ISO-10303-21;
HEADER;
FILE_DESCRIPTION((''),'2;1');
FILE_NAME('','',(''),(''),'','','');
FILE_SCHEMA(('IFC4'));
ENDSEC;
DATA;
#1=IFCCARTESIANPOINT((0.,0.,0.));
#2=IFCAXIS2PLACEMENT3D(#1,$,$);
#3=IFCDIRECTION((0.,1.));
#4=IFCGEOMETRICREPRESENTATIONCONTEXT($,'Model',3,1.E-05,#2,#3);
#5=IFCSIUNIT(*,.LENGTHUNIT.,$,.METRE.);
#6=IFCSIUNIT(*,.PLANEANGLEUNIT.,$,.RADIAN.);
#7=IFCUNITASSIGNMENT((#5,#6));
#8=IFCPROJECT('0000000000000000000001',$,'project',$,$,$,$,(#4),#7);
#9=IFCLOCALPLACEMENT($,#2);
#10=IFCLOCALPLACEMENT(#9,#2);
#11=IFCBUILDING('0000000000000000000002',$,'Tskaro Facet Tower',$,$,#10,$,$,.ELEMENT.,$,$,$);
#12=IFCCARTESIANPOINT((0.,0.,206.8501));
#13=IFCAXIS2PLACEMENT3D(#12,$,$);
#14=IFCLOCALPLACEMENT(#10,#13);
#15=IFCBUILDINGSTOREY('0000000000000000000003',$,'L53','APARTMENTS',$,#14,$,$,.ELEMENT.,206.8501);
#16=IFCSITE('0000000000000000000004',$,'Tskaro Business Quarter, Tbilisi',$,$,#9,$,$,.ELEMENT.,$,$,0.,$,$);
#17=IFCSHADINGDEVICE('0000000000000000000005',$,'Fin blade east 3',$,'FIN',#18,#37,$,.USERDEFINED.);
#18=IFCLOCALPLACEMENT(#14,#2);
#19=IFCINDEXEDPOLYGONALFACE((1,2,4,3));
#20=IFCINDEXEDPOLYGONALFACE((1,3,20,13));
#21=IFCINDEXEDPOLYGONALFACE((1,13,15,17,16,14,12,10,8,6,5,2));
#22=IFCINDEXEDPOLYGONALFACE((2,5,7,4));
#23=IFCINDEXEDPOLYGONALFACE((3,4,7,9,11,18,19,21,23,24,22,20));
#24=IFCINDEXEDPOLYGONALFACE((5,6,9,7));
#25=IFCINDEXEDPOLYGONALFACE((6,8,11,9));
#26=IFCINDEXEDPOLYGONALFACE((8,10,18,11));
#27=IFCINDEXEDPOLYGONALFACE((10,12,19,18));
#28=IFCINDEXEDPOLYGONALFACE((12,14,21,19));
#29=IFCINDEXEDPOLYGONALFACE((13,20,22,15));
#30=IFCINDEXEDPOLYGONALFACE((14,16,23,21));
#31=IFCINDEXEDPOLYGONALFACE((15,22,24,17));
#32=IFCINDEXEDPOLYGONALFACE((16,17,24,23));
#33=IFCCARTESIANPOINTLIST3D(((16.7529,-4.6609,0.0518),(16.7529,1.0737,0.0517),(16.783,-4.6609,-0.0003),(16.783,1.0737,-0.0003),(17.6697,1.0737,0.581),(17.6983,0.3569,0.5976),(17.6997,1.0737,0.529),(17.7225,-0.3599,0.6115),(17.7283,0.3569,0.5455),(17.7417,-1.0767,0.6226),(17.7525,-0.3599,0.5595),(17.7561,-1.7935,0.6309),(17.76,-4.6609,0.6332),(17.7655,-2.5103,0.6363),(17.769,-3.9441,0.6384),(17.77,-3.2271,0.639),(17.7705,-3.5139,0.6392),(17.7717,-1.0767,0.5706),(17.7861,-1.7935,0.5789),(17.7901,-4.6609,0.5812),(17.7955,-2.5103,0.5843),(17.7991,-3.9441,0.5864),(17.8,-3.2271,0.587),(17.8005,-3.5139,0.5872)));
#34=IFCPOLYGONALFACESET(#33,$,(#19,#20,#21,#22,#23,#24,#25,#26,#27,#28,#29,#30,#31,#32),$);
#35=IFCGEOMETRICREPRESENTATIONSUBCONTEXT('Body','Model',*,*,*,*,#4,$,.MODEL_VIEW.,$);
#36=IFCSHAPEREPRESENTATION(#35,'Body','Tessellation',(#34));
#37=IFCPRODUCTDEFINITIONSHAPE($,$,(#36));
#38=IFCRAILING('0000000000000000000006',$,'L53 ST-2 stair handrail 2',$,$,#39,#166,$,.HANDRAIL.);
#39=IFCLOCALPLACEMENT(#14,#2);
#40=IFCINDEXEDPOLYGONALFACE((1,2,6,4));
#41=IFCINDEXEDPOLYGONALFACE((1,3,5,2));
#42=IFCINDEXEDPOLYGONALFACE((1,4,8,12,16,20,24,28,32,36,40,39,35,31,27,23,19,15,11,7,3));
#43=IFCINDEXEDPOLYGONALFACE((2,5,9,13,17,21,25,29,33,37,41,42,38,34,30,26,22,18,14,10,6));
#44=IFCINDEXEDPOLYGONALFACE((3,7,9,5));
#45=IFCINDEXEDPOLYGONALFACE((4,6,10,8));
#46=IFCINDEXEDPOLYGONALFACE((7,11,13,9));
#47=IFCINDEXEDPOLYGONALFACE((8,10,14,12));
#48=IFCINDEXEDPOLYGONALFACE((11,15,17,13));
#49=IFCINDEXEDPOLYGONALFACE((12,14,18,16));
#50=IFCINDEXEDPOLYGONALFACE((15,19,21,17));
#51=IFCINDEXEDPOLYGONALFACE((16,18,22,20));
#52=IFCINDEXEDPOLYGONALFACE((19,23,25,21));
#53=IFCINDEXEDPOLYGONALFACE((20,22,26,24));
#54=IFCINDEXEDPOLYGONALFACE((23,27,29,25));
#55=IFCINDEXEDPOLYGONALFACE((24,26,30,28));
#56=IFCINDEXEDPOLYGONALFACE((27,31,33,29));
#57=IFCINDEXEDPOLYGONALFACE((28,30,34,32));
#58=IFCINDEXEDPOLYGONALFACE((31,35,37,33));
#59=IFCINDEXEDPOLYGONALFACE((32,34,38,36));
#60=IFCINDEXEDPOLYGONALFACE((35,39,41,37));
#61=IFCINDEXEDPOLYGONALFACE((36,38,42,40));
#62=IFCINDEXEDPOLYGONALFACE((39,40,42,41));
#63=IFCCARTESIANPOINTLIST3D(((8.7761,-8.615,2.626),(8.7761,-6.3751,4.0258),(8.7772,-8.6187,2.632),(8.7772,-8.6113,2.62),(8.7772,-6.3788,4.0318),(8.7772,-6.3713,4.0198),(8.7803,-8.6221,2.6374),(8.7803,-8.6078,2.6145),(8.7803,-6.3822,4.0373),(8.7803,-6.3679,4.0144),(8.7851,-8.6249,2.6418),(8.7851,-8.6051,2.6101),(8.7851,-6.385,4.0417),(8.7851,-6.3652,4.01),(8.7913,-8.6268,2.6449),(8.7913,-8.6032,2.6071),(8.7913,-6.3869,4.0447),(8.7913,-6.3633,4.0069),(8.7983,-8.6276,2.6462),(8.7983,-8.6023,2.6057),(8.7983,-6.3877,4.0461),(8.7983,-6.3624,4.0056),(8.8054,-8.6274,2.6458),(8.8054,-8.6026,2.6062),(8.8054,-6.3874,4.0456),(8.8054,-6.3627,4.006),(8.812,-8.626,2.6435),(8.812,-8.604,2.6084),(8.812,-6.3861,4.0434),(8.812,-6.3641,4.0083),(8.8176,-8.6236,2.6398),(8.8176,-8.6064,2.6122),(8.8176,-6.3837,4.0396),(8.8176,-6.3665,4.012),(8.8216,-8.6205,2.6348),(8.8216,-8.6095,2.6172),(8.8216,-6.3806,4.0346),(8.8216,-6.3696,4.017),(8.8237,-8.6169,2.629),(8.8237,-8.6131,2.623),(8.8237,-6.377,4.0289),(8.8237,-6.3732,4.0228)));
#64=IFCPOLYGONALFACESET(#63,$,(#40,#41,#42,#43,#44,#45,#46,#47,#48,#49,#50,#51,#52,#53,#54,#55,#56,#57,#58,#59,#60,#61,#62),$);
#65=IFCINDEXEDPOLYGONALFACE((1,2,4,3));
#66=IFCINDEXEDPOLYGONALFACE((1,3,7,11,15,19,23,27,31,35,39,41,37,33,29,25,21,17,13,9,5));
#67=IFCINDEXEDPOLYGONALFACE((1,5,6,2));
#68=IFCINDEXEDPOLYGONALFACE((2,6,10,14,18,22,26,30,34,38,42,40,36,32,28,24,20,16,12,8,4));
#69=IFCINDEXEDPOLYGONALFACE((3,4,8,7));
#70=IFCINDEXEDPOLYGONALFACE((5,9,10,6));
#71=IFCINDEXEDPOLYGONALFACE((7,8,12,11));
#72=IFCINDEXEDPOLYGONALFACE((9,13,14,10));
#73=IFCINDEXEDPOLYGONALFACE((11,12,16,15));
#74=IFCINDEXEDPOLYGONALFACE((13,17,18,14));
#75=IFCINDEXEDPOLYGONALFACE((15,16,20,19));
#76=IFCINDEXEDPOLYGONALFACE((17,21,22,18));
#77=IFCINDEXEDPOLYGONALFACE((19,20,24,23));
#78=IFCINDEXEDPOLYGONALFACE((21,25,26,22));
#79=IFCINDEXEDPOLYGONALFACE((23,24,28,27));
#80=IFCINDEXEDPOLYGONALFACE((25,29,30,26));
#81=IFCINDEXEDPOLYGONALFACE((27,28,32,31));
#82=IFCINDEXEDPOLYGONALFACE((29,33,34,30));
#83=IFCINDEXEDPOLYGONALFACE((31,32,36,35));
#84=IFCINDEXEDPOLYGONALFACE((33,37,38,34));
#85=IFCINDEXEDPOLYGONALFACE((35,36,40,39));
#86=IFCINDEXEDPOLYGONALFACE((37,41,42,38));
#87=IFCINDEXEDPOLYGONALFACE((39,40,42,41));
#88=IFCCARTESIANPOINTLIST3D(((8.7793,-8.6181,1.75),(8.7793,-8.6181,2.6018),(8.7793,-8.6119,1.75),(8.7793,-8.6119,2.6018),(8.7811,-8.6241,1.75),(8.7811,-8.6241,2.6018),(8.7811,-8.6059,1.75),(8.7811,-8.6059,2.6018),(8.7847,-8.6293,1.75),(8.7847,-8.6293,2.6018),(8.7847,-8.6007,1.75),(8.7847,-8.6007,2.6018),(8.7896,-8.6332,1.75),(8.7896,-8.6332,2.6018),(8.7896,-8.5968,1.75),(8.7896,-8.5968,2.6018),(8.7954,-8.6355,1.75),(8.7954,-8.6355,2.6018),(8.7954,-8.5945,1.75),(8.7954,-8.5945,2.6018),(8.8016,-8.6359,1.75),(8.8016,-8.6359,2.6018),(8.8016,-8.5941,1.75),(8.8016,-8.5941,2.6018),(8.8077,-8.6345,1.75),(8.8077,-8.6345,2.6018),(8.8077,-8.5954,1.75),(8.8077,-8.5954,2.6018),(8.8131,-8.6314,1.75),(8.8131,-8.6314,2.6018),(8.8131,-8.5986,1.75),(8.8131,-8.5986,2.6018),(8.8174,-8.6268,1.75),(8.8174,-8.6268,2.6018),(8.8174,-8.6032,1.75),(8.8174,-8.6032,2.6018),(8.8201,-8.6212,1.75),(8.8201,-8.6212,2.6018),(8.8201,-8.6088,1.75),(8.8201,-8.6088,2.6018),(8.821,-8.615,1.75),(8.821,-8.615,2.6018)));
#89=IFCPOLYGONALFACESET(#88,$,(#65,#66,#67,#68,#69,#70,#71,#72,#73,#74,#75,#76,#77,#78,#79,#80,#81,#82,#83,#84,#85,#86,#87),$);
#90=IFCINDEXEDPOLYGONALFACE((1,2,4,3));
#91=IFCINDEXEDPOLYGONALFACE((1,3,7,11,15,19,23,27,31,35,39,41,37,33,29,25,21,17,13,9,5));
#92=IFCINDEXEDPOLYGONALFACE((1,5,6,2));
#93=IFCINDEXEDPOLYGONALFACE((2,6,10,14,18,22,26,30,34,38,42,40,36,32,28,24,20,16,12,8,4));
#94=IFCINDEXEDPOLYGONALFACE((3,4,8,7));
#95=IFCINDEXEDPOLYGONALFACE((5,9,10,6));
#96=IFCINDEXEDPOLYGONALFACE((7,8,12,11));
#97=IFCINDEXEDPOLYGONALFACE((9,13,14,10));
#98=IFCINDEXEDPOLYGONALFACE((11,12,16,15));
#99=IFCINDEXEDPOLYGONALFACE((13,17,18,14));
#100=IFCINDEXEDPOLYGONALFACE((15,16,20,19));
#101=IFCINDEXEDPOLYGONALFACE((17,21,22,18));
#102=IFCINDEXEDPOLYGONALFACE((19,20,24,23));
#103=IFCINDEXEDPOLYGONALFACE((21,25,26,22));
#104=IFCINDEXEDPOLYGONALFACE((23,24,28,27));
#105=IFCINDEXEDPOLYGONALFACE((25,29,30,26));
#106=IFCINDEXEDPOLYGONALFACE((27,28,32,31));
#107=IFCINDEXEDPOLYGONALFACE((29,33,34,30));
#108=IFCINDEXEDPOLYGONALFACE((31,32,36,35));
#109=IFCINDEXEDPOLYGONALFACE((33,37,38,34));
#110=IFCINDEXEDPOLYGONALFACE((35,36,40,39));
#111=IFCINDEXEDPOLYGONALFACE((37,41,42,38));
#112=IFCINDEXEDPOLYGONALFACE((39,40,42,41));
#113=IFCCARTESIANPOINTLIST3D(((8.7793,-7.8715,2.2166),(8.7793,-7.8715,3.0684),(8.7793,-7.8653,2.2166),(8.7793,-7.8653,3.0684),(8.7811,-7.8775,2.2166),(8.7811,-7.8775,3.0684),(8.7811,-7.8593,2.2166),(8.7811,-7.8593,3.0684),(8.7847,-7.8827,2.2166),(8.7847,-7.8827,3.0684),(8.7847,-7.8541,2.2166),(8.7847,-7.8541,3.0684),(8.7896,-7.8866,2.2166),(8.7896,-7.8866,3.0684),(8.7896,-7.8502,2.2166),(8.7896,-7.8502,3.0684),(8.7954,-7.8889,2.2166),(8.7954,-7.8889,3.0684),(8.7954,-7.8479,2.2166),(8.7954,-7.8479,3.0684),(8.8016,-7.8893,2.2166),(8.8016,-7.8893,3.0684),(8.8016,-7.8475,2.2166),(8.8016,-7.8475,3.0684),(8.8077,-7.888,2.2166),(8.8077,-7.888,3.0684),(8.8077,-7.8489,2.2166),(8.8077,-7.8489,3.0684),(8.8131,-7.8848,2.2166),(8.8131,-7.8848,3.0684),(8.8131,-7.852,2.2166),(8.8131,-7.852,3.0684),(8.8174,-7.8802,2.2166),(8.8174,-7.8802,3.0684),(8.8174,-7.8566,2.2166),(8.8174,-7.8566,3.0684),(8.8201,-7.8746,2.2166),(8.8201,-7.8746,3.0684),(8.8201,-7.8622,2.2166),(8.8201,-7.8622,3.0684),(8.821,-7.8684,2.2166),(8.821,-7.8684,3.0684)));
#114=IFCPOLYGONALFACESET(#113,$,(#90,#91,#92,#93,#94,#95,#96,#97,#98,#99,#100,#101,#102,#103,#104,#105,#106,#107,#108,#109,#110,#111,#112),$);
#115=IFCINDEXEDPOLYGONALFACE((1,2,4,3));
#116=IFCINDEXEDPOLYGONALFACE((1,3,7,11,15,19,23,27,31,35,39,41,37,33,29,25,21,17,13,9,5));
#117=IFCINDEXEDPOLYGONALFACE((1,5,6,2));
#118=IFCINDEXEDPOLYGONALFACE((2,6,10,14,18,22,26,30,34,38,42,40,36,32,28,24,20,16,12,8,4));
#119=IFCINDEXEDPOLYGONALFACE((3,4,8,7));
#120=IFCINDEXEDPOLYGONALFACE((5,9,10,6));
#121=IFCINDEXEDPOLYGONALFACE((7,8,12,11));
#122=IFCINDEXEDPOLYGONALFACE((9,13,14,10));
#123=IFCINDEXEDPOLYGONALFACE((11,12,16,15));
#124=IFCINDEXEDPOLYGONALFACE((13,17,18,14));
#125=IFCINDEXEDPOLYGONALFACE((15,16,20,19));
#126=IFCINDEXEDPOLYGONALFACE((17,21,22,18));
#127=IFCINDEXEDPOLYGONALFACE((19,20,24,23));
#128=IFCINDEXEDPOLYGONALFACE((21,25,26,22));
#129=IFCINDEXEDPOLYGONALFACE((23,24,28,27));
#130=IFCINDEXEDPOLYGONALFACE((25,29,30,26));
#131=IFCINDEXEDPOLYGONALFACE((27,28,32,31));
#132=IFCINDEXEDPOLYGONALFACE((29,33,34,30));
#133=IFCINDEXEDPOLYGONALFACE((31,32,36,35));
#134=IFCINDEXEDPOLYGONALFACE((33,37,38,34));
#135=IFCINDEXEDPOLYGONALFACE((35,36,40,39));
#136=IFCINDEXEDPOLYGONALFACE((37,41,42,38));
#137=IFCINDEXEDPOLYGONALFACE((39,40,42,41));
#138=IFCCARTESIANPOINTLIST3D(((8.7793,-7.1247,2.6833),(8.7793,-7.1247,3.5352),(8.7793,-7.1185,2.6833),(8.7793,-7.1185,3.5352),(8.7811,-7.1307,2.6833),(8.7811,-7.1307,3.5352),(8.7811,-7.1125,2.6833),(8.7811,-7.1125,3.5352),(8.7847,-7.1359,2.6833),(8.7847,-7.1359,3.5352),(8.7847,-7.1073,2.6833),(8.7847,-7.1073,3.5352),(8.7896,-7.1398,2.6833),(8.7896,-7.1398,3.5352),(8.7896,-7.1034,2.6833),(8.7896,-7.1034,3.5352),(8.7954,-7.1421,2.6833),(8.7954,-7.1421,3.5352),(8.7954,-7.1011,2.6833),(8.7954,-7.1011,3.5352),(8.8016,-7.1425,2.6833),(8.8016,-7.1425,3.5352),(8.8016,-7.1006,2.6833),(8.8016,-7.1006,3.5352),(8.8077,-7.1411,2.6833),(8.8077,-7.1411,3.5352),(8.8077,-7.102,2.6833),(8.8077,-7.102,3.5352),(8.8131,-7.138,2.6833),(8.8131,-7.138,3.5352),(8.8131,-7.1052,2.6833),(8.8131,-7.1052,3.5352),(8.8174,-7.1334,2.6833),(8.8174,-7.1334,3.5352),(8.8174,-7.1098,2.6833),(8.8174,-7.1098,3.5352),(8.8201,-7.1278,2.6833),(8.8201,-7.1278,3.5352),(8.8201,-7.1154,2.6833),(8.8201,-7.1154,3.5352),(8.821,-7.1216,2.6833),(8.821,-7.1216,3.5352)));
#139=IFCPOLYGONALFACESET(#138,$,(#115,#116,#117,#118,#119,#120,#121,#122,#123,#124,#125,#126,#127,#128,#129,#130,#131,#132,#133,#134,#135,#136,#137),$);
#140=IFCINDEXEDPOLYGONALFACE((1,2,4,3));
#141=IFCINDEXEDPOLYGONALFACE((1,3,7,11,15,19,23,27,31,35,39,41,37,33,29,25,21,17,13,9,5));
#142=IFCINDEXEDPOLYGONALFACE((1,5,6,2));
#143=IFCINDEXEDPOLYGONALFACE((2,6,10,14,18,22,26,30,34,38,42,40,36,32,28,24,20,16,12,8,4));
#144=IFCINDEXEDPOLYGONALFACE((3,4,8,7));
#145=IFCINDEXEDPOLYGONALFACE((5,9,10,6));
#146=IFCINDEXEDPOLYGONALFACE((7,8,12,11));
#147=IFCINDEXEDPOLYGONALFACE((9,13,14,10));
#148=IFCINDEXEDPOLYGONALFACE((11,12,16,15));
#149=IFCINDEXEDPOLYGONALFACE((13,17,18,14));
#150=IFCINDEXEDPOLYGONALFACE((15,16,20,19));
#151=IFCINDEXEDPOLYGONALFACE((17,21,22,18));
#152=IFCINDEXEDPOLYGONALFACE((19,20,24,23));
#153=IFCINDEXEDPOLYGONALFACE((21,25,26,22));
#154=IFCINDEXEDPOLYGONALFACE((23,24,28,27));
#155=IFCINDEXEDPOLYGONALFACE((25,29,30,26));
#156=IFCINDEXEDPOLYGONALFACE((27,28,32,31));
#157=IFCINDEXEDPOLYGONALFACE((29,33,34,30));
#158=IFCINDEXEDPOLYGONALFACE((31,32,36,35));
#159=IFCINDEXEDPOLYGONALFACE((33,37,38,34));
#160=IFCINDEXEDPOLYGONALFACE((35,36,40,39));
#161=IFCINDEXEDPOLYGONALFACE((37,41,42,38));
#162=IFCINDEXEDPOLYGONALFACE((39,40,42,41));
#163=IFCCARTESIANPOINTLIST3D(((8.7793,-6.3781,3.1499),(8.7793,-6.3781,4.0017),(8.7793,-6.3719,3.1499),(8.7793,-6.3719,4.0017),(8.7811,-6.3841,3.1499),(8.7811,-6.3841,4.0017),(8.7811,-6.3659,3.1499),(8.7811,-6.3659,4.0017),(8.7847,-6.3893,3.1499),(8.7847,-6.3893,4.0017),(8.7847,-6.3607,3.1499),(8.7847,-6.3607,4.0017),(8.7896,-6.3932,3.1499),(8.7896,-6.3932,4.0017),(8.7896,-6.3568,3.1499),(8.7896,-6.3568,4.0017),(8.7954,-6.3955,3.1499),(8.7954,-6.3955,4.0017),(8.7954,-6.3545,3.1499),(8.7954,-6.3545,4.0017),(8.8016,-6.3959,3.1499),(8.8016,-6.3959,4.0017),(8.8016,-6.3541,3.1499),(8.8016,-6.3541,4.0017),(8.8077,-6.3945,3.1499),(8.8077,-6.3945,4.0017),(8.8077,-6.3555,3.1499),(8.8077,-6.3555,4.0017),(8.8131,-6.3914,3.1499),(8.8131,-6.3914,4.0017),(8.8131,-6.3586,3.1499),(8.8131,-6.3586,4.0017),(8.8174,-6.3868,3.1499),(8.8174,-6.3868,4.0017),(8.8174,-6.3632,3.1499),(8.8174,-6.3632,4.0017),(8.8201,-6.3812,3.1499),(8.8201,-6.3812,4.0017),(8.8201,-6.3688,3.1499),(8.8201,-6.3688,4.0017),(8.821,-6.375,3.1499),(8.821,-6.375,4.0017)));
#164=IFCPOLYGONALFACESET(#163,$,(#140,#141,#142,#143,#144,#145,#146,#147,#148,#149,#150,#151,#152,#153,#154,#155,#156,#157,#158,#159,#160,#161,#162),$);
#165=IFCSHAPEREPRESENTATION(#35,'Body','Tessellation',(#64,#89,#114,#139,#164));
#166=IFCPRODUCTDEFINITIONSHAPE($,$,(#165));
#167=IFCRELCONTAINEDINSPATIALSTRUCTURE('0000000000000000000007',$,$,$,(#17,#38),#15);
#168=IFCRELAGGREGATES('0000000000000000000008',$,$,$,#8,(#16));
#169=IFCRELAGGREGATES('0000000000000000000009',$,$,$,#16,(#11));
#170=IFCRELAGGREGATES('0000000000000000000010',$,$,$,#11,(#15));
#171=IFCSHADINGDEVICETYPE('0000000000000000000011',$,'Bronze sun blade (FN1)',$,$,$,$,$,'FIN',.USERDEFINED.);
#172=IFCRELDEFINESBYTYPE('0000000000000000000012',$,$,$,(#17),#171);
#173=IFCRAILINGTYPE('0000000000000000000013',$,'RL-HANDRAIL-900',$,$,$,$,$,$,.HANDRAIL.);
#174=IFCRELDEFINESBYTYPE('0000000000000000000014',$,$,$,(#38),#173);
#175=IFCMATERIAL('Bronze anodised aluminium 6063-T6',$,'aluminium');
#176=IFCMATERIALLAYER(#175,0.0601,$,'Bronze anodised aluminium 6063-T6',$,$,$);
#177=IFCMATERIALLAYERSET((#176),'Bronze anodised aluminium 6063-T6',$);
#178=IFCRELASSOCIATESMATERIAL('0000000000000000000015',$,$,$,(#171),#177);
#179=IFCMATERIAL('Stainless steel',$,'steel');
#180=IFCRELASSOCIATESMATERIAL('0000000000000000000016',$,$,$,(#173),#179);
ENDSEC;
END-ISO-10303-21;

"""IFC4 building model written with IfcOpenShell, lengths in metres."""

from ifc_helpers import new_model, si_unit, direction, frame, origin, origin_2d, place, context, subcontext, project, spatial, polyline, circle, outline, extrude, material, layer, layer_set, type_object, element, save


model = new_model("IFC4")

# Units and contexts
model_context = context("Model", 3, precision=1e-05, world=origin(), true_north=direction((0.0, 1.0)))
body_context = subcontext(model_context, "Body", "Model", "MODEL_VIEW")
ifc_project = project(units=[si_unit("LENGTHUNIT", "METRE"), si_unit("PLANEANGLEUNIT", "RADIAN")], contexts=[model_context])

# Site, building, storey
site_placement = place(None, origin())
site = spatial("IfcSite", under=ifc_project, at=site_placement, Name="Tskaro Business Quarter, Tbilisi", CompositionType="ELEMENT", RefElevation=0.0)
building_placement = place(site_placement, origin())
building = spatial("IfcBuilding", under=site, at=building_placement, Name="Tskaro Facet Tower", CompositionType="ELEMENT")
storey_placement = place(building_placement, frame((0.0, 0.0, 206.8501)))
storey = spatial("IfcBuildingStorey", under=building, at=storey_placement, Name="L53", Description="APARTMENTS", CompositionType="ELEMENT", Elevation=206.8501)

# Shared definitions
ifc_material_1 = material(Name="Bronze anodised aluminium 6063-T6", Category="aluminium")

# Shading device
ifc_layer_1 = layer(ifc_material_1, 0.0601, Name="Bronze anodised aluminium 6063-T6")
ifc_layer_set_1 = layer_set([ifc_layer_1], Name="Bronze anodised aluminium 6063-T6")
shading_device_type = type_object("IfcShadingDeviceType", Name="Bronze sun blade (FN1)", ElementType="FIN", PredefinedType="USERDEFINED", material=ifc_layer_set_1)
shading_device_1_placement = place(storey_placement, frame((16.7529, -4.6609, 0.0518), z_axis=(-0.500018, 0.000007, 0.866015), x_axis=(0.000003, 1.0, -0.000006)))
element("IfcShadingDevice", 1, at=shading_device_1_placement, inside=storey, type_object=shading_device_type, Name="Fin blade east 3", ObjectType="FIN", PredefinedType="USERDEFINED", context=body_context, shape_type="SweptSolid", body=[
    extrude(outline(polyline([(0.0, 0.0), (5.7346, 0.0), (5.7346, -1.0586), (5.0178, -1.0916), (4.301, -1.1195), (3.5842, -1.1417), (2.8674, -1.1583), (2.1506, -1.1692), (1.4338, -1.1744), (1.147, -1.1749), (0.7168, -1.1733), (0.0, -1.1629), (0.0, 0.0)])), origin(), (0.0, 0.0, -1.0), 0.0601),
])

# Railing
ifc_material_2 = material(Name="Stainless steel", Category="steel")
railing_type = type_object("IfcRailingType", Name="RL-HANDRAIL-900", PredefinedType="HANDRAIL", material=ifc_material_2)
railing_placement = place(storey_placement, frame((8.8, -8.615, 1.75)))
element("IfcRailing", 2, at=railing_placement, inside=storey, type_object=railing_type, Name="L53 ST-2 stair handrail 2", PredefinedType="HANDRAIL", context=body_context, shape_type="SweptSolid", body=[
    extrude(circle(Radius=0.0239, at=origin_2d()), frame((0.0, 0.0, 0.876), z_axis=(0.0, 0.848014, 0.529974), x_axis=(-1.0, 0.0, 0.0)), (0.0, 0.0, 1.0), 2.6414),
    extrude(circle(Radius=0.021, at=origin_2d()), origin(), (0.0, 0.0, 1.0), 0.8518),
    extrude(circle(Radius=0.021, at=origin_2d()), frame((0.0, 0.7466, 0.4666)), (0.0, 0.0, 1.0), 0.8518),
    extrude(circle(Radius=0.021, at=origin_2d()), frame((0.0, 1.4934, 0.9333)), (0.0, 0.0, 1.0), 0.8518),
    extrude(circle(Radius=0.021, at=origin_2d()), frame((0.0, 2.24, 1.3999)), (0.0, 0.0, 1.0), 0.8518),
])

save(model, "model.ifc")
